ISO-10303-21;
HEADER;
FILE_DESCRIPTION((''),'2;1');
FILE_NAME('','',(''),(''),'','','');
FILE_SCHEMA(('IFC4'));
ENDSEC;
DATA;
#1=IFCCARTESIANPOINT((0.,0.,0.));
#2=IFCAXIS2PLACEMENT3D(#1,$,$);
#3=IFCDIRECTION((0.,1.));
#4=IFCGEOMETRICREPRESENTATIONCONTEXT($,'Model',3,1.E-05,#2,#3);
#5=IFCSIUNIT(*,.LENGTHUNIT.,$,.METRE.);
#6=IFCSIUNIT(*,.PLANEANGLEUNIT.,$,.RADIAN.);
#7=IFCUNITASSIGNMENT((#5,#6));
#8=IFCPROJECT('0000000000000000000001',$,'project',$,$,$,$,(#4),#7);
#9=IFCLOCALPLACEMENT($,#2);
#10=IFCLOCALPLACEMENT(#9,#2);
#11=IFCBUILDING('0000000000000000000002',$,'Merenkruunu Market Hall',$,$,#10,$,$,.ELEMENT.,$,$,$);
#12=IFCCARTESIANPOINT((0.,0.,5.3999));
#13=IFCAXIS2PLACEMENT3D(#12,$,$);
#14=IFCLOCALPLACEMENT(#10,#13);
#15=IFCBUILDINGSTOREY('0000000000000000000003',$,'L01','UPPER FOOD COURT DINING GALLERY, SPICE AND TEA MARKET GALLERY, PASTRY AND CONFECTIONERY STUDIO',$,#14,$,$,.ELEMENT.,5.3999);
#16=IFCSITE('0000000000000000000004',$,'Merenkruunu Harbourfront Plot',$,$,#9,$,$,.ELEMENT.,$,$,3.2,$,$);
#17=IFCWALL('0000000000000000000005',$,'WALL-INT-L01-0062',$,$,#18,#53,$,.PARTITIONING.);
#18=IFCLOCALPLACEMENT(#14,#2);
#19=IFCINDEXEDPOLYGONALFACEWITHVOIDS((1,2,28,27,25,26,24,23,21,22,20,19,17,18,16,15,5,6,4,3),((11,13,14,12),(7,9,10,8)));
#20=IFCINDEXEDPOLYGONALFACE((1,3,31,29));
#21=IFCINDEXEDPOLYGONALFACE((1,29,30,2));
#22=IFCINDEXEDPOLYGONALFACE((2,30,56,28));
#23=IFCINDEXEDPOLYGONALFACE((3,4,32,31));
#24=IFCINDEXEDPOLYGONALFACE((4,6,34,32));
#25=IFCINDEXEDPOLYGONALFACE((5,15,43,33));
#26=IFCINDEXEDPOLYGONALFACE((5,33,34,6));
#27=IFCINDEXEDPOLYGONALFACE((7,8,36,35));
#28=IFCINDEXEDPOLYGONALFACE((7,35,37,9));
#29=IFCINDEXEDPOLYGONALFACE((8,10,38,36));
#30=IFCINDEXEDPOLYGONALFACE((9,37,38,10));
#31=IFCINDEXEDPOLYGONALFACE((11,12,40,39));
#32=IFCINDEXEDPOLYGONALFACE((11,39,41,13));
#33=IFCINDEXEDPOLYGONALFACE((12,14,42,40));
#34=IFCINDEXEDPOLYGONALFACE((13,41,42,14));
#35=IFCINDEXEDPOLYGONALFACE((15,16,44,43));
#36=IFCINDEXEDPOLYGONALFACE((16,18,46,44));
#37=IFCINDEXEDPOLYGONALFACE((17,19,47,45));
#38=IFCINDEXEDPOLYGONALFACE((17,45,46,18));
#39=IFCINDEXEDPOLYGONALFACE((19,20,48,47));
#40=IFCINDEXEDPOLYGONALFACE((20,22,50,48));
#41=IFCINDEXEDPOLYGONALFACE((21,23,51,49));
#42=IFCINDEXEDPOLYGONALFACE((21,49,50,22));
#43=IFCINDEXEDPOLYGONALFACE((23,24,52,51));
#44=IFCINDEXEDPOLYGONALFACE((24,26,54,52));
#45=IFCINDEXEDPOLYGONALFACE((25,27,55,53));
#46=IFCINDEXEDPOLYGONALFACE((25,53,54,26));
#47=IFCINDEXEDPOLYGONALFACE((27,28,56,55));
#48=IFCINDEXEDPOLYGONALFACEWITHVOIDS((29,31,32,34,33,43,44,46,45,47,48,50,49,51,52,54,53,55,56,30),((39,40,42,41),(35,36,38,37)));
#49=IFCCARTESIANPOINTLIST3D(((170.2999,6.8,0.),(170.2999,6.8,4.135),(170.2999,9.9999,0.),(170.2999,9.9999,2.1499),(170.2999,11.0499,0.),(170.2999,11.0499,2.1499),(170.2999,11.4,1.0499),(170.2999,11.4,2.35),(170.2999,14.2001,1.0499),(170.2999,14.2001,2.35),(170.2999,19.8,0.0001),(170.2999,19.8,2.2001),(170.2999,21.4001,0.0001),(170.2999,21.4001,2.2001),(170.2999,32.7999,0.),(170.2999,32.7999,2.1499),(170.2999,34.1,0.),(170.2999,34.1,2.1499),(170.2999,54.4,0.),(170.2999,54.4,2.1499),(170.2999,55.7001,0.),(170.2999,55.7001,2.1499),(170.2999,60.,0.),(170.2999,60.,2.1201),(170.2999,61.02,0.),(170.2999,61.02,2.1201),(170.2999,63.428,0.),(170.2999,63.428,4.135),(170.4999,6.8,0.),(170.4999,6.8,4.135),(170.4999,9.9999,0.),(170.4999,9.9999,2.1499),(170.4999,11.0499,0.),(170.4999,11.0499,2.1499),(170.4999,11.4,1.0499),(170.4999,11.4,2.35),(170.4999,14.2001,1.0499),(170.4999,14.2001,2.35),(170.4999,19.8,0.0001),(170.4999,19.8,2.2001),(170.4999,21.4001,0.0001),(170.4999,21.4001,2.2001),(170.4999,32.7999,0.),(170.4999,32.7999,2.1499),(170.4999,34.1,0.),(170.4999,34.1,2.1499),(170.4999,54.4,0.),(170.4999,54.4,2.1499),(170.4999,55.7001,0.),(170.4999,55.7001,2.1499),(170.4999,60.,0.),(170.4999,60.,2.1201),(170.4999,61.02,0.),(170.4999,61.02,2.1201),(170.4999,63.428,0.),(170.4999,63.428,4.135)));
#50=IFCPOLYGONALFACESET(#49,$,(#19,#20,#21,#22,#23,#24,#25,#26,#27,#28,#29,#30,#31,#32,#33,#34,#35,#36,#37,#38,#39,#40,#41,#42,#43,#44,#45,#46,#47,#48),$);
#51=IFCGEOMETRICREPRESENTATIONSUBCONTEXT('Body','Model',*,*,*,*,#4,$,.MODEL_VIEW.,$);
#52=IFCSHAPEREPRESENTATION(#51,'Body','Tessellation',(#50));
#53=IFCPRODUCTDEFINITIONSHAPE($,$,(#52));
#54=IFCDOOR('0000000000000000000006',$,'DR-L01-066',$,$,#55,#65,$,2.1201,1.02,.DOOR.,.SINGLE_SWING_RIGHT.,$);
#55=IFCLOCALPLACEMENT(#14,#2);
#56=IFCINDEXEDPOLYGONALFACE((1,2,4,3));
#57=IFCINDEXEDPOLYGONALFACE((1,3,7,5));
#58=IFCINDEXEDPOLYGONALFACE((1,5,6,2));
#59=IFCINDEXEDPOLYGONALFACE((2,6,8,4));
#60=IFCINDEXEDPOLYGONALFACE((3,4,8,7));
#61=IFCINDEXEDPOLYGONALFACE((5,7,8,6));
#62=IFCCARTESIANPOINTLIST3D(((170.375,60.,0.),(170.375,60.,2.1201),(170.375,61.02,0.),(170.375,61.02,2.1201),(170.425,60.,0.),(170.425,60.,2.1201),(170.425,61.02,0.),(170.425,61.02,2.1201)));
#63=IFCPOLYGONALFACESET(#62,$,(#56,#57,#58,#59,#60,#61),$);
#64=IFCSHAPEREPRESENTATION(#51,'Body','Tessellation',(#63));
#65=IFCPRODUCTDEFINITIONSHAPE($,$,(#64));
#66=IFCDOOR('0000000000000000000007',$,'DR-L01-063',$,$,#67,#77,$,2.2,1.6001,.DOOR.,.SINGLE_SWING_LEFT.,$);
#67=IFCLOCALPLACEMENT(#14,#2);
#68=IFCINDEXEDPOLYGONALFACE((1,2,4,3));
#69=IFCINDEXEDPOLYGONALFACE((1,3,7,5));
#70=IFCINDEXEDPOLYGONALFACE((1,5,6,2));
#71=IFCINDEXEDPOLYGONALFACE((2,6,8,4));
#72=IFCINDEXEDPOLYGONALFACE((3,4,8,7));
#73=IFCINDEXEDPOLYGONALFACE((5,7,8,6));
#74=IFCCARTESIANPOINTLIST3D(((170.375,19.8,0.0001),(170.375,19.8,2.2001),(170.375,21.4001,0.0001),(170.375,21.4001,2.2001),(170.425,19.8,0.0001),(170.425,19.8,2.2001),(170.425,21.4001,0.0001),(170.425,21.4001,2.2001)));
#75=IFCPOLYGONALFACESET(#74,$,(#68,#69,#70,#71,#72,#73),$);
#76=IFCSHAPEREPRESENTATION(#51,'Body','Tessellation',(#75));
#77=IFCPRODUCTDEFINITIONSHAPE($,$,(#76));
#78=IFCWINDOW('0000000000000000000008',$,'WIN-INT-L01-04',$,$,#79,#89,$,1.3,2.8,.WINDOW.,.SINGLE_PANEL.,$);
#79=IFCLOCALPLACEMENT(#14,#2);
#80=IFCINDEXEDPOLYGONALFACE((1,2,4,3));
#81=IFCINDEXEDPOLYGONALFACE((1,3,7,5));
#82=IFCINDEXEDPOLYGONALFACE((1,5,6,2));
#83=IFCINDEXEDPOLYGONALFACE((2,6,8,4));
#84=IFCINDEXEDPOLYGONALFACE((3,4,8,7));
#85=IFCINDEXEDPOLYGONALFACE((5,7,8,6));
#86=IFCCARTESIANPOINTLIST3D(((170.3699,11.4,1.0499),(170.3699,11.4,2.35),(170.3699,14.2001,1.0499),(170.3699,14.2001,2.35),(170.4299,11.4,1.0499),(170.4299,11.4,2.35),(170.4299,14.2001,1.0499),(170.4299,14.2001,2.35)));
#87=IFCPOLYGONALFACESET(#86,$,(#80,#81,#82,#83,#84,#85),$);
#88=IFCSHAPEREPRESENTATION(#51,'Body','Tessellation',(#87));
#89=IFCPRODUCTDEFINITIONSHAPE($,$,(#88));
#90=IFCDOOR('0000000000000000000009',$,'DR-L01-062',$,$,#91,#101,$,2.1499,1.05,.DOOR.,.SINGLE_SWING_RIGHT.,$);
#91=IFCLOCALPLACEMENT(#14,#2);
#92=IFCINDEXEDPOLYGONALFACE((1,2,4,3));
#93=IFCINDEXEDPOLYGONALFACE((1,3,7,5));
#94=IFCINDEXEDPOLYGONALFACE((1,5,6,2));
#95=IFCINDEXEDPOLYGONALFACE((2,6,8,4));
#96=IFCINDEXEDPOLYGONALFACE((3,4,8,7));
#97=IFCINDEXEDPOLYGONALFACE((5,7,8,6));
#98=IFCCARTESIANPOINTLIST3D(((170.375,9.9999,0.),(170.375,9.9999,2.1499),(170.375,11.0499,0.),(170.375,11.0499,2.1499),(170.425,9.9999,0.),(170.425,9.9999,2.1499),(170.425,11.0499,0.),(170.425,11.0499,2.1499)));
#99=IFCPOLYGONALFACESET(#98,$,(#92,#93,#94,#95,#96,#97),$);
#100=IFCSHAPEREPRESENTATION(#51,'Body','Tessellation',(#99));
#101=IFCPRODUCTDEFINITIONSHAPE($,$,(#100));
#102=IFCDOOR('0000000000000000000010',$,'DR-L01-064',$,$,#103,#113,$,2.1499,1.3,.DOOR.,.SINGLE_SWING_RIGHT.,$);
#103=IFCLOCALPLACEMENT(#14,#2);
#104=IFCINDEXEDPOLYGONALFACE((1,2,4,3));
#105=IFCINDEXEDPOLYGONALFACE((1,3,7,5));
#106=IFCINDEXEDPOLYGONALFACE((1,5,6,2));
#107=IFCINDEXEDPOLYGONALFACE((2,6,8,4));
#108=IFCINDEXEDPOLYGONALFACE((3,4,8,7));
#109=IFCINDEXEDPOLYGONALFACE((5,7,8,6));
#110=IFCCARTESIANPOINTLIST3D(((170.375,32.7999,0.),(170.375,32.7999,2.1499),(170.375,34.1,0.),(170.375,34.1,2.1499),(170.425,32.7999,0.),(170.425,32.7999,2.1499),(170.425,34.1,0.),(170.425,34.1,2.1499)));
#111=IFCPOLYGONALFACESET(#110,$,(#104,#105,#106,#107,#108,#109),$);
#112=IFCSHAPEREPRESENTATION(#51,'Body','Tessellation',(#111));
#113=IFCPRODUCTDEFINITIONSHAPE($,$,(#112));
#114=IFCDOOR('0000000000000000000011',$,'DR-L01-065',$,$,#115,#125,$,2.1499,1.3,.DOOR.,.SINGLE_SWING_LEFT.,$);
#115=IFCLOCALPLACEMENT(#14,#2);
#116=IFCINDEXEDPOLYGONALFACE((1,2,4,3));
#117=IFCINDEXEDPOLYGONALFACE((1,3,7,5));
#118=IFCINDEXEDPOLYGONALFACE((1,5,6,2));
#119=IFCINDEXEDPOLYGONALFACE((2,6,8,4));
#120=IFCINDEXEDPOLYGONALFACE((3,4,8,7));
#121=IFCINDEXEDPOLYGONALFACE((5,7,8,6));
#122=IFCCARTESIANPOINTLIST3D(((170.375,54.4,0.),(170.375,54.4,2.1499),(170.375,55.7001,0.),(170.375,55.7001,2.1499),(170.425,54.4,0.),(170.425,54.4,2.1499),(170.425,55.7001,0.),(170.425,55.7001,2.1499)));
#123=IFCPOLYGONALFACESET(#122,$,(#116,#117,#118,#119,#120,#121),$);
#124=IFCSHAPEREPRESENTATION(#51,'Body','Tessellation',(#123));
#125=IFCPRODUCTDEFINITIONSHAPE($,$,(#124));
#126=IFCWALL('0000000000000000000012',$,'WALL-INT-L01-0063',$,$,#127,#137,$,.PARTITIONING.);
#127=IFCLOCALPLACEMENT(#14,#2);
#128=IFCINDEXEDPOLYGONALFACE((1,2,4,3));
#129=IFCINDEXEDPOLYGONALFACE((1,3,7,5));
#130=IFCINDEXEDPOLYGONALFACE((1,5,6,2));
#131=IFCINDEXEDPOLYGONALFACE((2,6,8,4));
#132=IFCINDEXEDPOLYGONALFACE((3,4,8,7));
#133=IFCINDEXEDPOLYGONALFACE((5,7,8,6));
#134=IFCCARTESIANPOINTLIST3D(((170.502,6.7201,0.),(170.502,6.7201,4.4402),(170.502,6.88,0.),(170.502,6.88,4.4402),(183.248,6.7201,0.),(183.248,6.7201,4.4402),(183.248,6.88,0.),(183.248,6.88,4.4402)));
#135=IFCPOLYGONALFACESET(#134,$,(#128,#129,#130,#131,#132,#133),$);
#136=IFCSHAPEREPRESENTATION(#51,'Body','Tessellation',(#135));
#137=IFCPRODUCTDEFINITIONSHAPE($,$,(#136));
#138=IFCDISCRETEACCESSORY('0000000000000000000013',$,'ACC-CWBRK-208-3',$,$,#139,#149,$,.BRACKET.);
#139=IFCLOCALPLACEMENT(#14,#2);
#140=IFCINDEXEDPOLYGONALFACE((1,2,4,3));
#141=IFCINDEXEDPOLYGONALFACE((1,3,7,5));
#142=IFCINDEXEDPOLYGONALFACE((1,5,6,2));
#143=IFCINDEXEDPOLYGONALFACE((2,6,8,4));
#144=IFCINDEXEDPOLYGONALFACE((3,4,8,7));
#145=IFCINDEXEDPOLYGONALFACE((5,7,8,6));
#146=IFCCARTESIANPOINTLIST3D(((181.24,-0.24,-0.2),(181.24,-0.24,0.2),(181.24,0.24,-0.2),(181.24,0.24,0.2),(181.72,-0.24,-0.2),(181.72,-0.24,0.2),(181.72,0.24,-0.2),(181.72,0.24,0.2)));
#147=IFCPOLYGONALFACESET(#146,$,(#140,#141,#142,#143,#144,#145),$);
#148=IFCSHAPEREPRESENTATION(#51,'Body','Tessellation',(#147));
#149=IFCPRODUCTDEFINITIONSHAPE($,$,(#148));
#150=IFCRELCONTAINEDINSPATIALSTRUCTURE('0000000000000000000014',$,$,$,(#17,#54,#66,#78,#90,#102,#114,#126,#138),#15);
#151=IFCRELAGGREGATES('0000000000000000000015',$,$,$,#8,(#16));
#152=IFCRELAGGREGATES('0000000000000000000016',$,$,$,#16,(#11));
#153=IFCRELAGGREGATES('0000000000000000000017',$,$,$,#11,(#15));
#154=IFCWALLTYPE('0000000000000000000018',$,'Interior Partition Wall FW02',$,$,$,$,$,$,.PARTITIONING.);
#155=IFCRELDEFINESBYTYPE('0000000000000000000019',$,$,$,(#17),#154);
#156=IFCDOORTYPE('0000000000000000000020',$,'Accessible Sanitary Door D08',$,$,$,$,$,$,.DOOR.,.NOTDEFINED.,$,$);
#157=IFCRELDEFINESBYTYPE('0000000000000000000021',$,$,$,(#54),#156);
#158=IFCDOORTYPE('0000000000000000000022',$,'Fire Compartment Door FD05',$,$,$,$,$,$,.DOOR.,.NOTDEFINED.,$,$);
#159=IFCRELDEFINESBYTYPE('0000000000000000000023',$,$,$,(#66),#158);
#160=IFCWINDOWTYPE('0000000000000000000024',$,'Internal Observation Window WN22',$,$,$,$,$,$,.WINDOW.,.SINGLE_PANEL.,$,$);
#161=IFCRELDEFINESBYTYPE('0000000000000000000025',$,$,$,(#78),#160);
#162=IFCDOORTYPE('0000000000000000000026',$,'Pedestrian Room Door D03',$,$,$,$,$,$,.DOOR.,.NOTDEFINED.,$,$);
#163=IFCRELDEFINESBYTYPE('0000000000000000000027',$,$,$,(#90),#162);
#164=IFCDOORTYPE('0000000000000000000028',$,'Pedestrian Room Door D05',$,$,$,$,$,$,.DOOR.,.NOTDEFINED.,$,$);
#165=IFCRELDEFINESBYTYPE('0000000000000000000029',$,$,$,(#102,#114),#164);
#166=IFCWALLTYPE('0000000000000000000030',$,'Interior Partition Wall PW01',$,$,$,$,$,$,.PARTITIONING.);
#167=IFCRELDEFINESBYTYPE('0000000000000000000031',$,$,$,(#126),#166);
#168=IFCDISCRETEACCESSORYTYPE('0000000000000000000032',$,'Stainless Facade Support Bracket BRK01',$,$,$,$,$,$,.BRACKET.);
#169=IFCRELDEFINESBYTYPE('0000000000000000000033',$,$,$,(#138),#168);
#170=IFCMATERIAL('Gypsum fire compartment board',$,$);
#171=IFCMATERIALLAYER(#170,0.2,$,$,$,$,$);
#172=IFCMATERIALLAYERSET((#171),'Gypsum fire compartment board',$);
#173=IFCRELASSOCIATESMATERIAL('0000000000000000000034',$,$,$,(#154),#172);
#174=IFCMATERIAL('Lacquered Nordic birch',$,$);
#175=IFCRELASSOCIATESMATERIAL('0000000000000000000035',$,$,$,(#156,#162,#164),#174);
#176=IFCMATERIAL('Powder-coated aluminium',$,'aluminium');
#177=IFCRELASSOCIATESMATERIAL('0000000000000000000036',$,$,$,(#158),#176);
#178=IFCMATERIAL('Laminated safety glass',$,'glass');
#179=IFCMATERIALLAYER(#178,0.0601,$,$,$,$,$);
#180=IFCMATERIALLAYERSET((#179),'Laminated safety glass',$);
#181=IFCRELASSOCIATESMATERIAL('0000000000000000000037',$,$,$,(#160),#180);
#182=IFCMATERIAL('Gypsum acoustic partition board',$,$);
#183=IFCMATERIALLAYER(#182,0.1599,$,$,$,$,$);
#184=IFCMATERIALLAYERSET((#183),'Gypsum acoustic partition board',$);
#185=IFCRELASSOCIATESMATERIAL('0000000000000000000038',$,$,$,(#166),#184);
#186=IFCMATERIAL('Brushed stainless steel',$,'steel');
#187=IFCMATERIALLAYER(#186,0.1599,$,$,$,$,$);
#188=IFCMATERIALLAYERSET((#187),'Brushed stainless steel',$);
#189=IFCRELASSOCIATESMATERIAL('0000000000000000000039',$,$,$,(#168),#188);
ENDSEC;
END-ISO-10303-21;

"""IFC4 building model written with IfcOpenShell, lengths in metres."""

from ifc_helpers import new_model, si_unit, direction, frame, frame_2d, origin, origin_2d, place, context, subcontext, project, spatial, rectangle, extrude, material, layer, layer_set, type_object, element, fill, save


model = new_model("IFC4")

# Units and contexts
model_context = context("Model", 3, precision=1e-05, world=origin(), true_north=direction((0.0, 1.0)))
body_context = subcontext(model_context, "Body", "Model", "MODEL_VIEW")
ifc_project = project(units=[si_unit("LENGTHUNIT", "METRE"), si_unit("PLANEANGLEUNIT", "RADIAN")], contexts=[model_context])

# Site, building, storey
site_placement = place(None, origin())
site = spatial("IfcSite", under=ifc_project, at=site_placement, Name="Merenkruunu Harbourfront Plot", CompositionType="ELEMENT", RefElevation=3.2)
building_placement = place(site_placement, origin())
building = spatial("IfcBuilding", under=site, at=building_placement, Name="Merenkruunu Market Hall", CompositionType="ELEMENT")
storey_placement = place(building_placement, frame((0.0, 0.0, 5.3999)))
storey = spatial("IfcBuildingStorey", under=building, at=storey_placement, Name="L01", Description="UPPER FOOD COURT DINING GALLERY, SPICE AND TEA MARKET GALLERY, PASTRY AND CONFECTIONERY STUDIO", CompositionType="ELEMENT", Elevation=5.3999)

# Shared definitions
ifc_material_1 = material(Name="Powder-coated aluminium", Category="aluminium")

# Wall, openings, doors, window
ifc_material_2 = material(Name="Gypsum fire compartment board")
ifc_layer_1 = layer(ifc_material_2, 0.2)
ifc_layer_set_1 = layer_set([ifc_layer_1], Name="Gypsum fire compartment board")
wall_type_1 = type_object("IfcWallType", Name="Interior Partition Wall FW02", PredefinedType="PARTITIONING", material=ifc_layer_set_1)
wall_1_placement = place(storey_placement, frame((170.3999, 6.8, 0.0), z_axis=(0.0, 0.0, 1.0), x_axis=(0.0, 1.0, 0.0)))
wall_1 = element("IfcWall", 1, at=wall_1_placement, inside=storey, type_object=wall_type_1, Name="WALL-INT-L01-0062", PredefinedType="PARTITIONING", context=body_context, shape_type="SweptSolid", body=[
    extrude(rectangle(XDim=56.6279, YDim=0.2, at=frame_2d((28.314, 0.0))), origin(), (0.0, 0.0, 1.0), 4.135),
])
opening_1_placement = place(wall_1_placement, frame((3.2, 0.0, 0.0)))
opening_1 = element("IfcOpeningElement", 2, at=opening_1_placement, cuts=wall_1, PredefinedType="OPENING", context=body_context, shape_type="SweptSolid", body=[
    extrude(rectangle(XDim=1.05, YDim=2.1499, at=frame_2d((0.5249, 1.075))), frame((0.0, 0.1099, 0.0), z_axis=(0.0, -1.0, 0.0), x_axis=(1.0, 0.0, 0.0)), (0.0, 0.0, 1.0), 0.22),
])
opening_2_placement = place(wall_1_placement, frame((13.0, 0.0, 0.0)))
opening_2 = element("IfcOpeningElement", 3, at=opening_2_placement, cuts=wall_1, PredefinedType="OPENING", context=body_context, shape_type="SweptSolid", body=[
    extrude(rectangle(XDim=1.6001, YDim=2.2, at=frame_2d((0.8, 1.1001))), frame((0.0, 0.1099, 0.0), z_axis=(0.0, -1.0, 0.0), x_axis=(1.0, 0.0, 0.0)), (0.0, 0.0, 1.0), 0.22),
])
opening_3_placement = place(wall_1_placement, frame((26.0, 0.0, 0.0)))
opening_3 = element("IfcOpeningElement", 4, at=opening_3_placement, cuts=wall_1, PredefinedType="OPENING", context=body_context, shape_type="SweptSolid", body=[
    extrude(rectangle(XDim=1.3, YDim=2.1499, at=frame_2d((0.6499, 1.075))), frame((0.0, 0.1099, 0.0), z_axis=(0.0, -1.0, 0.0), x_axis=(1.0, 0.0, 0.0)), (0.0, 0.0, 1.0), 0.22),
])
opening_4_placement = place(wall_1_placement, frame((47.6001, 0.0, 0.0)))
opening_4 = element("IfcOpeningElement", 5, at=opening_4_placement, cuts=wall_1, PredefinedType="OPENING", context=body_context, shape_type="SweptSolid", body=[
    extrude(rectangle(XDim=1.3, YDim=2.1499, at=frame_2d((0.6499, 1.075))), frame((0.0, 0.1099, 0.0), z_axis=(0.0, -1.0, 0.0), x_axis=(1.0, 0.0, 0.0)), (0.0, 0.0, 1.0), 0.22),
])
opening_5_placement = place(wall_1_placement, frame((53.2, 0.0, 0.0)))
opening_5 = element("IfcOpeningElement", 6, at=opening_5_placement, cuts=wall_1, PredefinedType="OPENING", context=body_context, shape_type="SweptSolid", body=[
    extrude(rectangle(XDim=1.02, YDim=2.1201, at=frame_2d((0.51, 1.0601))), frame((0.0, 0.1099, 0.0), z_axis=(0.0, -1.0, 0.0), x_axis=(1.0, 0.0, 0.0)), (0.0, 0.0, 1.0), 0.22),
])
opening_6_placement = place(wall_1_placement, frame((4.6001, 0.0, 1.05)))
opening_6 = element("IfcOpeningElement", 7, at=opening_6_placement, cuts=wall_1, PredefinedType="OPENING", context=body_context, shape_type="SweptSolid", body=[
    extrude(rectangle(XDim=2.8, YDim=1.3, at=frame_2d((1.3999, 0.6499))), frame((0.0, 0.1099, 0.0), z_axis=(0.0, -1.0, 0.0), x_axis=(1.0, 0.0, 0.0)), (0.0, 0.0, 1.0), 0.22),
])
ifc_material_3 = material(Name="Lacquered Nordic birch")
door_type_1 = type_object("IfcDoorType", Name="Accessible Sanitary Door D08", OperationType="NOTDEFINED", PredefinedType="DOOR", material=ifc_material_3)
door_1_placement = place(opening_5_placement, origin())
door_1 = element("IfcDoor", 8, at=door_1_placement, inside=storey, type_object=door_type_1, Name="DR-L01-066", OperationType="SINGLE_SWING_RIGHT", OverallHeight=2.1201, OverallWidth=1.02, PredefinedType="DOOR", context=body_context, shape_type="SweptSolid", body=[
    extrude(rectangle(XDim=1.02, YDim=2.1201, at=frame_2d((0.51, 1.0601))), frame((0.0, 0.0249, 0.0), z_axis=(0.0, -1.0, 0.0), x_axis=(1.0, 0.0, 0.0)), (0.0, 0.0, 1.0), 0.05),
])
fill(opening_5, door_1)
door_type_2 = type_object("IfcDoorType", Name="Fire Compartment Door FD05", OperationType="NOTDEFINED", PredefinedType="DOOR", material=ifc_material_1)
door_2_placement = place(opening_2_placement, origin())
door_2 = element("IfcDoor", 9, at=door_2_placement, inside=storey, type_object=door_type_2, Name="DR-L01-063", OperationType="SINGLE_SWING_LEFT", OverallHeight=2.2, OverallWidth=1.6001, PredefinedType="DOOR", context=body_context, shape_type="SweptSolid", body=[
    extrude(rectangle(XDim=1.6001, YDim=2.2, at=frame_2d((0.8, 1.1001))), frame((0.0, 0.0249, 0.0), z_axis=(0.0, -1.0, 0.0), x_axis=(1.0, 0.0, 0.0)), (0.0, 0.0, 1.0), 0.05),
])
fill(opening_2, door_2)
ifc_material_4 = material(Name="Laminated safety glass", Category="glass")
ifc_layer_2 = layer(ifc_material_4, 0.0601)
ifc_layer_set_2 = layer_set([ifc_layer_2], Name="Laminated safety glass")
window_type_1 = type_object("IfcWindowType", Name="Internal Observation Window WN22", PartitioningType="SINGLE_PANEL", PredefinedType="WINDOW", material=ifc_layer_set_2)
window_1_placement = place(opening_6_placement, origin())
window_1 = element("IfcWindow", 10, at=window_1_placement, inside=storey, type_object=window_type_1, Name="WIN-INT-L01-04", OverallHeight=1.3, OverallWidth=2.8, PartitioningType="SINGLE_PANEL", PredefinedType="WINDOW", context=body_context, shape_type="SweptSolid", body=[
    extrude(rectangle(XDim=2.8, YDim=1.3, at=frame_2d((1.3999, 0.6499))), frame((0.0, 0.03, 0.0), z_axis=(0.0, -1.0, 0.0), x_axis=(1.0, 0.0, 0.0)), (0.0, 0.0, 1.0), 0.0601),
])
fill(opening_6, window_1)
door_type_3 = type_object("IfcDoorType", Name="Pedestrian Room Door D03", OperationType="NOTDEFINED", PredefinedType="DOOR", material=ifc_material_3)
door_3_placement = place(opening_1_placement, origin())
door_3 = element("IfcDoor", 11, at=door_3_placement, inside=storey, type_object=door_type_3, Name="DR-L01-062", OperationType="SINGLE_SWING_RIGHT", OverallHeight=2.1499, OverallWidth=1.05, PredefinedType="DOOR", context=body_context, shape_type="SweptSolid", body=[
    extrude(rectangle(XDim=1.05, YDim=2.1499, at=frame_2d((0.5249, 1.075))), frame((0.0, 0.0249, 0.0), z_axis=(0.0, -1.0, 0.0), x_axis=(1.0, 0.0, 0.0)), (0.0, 0.0, 1.0), 0.05),
])
fill(opening_1, door_3)
door_type_4 = type_object("IfcDoorType", Name="Pedestrian Room Door D05", OperationType="NOTDEFINED", PredefinedType="DOOR", material=ifc_material_3)
door_4_placement = place(opening_3_placement, origin())
door_4 = element("IfcDoor", 12, at=door_4_placement, inside=storey, type_object=door_type_4, Name="DR-L01-064", OperationType="SINGLE_SWING_RIGHT", OverallHeight=2.1499, OverallWidth=1.3, PredefinedType="DOOR", context=body_context, shape_type="SweptSolid", body=[
    extrude(rectangle(XDim=1.3, YDim=2.1499, at=frame_2d((0.6499, 1.075))), frame((0.0, 0.0249, 0.0), z_axis=(0.0, -1.0, 0.0), x_axis=(1.0, 0.0, 0.0)), (0.0, 0.0, 1.0), 0.05),
])
fill(opening_3, door_4)
door_5_placement = place(opening_4_placement, origin())
door_5 = element("IfcDoor", 13, at=door_5_placement, inside=storey, type_object=door_type_4, Name="DR-L01-065", OperationType="SINGLE_SWING_LEFT", OverallHeight=2.1499, OverallWidth=1.3, PredefinedType="DOOR", context=body_context, shape_type="SweptSolid", body=[
    extrude(rectangle(XDim=1.3, YDim=2.1499, at=frame_2d((0.6499, 1.075))), frame((0.0, 0.0249, 0.0), z_axis=(0.0, -1.0, 0.0), x_axis=(1.0, 0.0, 0.0)), (0.0, 0.0, 1.0), 0.05),
])
fill(opening_4, door_5)

# Wall
ifc_material_5 = material(Name="Gypsum acoustic partition board")
ifc_layer_3 = layer(ifc_material_5, 0.1599)
ifc_layer_set_3 = layer_set([ifc_layer_3], Name="Gypsum acoustic partition board")
wall_type_2 = type_object("IfcWallType", Name="Interior Partition Wall PW01", PredefinedType="PARTITIONING", material=ifc_layer_set_3)
wall_2_placement = place(storey_placement, frame((170.502, 6.8, 0.0), z_axis=(0.0, 0.0, 1.0), x_axis=(1.0, 0.0, 0.0)))
element("IfcWall", 14, at=wall_2_placement, inside=storey, type_object=wall_type_2, Name="WALL-INT-L01-0063", PredefinedType="PARTITIONING", context=body_context, shape_type="SweptSolid", body=[
    extrude(rectangle(XDim=12.7461, YDim=0.1599, at=frame_2d((6.373, 0.0))), origin(), (0.0, 0.0, 1.0), 4.4402),
])

# Discrete accessory
ifc_material_6 = material(Name="Brushed stainless steel", Category="steel")
ifc_layer_4 = layer(ifc_material_6, 0.1599)
ifc_layer_set_4 = layer_set([ifc_layer_4], Name="Brushed stainless steel")
discrete_accessory_type = type_object("IfcDiscreteAccessoryType", Name="Stainless Facade Support Bracket BRK01", PredefinedType="BRACKET", material=ifc_layer_set_4)
discrete_accessory_placement = place(storey_placement, frame((181.48, 0.0, -0.2), z_axis=(0.0, 0.0, 1.0), x_axis=(1.0, 0.0, 0.0)))
element("IfcDiscreteAccessory", 15, at=discrete_accessory_placement, inside=storey, type_object=discrete_accessory_type, Name="ACC-CWBRK-208-3", PredefinedType="BRACKET", context=body_context, shape_type="SweptSolid", body=[
    extrude(rectangle(XDim=0.48, YDim=0.48, at=origin_2d()), origin(), (0.0, 0.0, 1.0), 0.3999),
])

save(model, "model.ifc")
